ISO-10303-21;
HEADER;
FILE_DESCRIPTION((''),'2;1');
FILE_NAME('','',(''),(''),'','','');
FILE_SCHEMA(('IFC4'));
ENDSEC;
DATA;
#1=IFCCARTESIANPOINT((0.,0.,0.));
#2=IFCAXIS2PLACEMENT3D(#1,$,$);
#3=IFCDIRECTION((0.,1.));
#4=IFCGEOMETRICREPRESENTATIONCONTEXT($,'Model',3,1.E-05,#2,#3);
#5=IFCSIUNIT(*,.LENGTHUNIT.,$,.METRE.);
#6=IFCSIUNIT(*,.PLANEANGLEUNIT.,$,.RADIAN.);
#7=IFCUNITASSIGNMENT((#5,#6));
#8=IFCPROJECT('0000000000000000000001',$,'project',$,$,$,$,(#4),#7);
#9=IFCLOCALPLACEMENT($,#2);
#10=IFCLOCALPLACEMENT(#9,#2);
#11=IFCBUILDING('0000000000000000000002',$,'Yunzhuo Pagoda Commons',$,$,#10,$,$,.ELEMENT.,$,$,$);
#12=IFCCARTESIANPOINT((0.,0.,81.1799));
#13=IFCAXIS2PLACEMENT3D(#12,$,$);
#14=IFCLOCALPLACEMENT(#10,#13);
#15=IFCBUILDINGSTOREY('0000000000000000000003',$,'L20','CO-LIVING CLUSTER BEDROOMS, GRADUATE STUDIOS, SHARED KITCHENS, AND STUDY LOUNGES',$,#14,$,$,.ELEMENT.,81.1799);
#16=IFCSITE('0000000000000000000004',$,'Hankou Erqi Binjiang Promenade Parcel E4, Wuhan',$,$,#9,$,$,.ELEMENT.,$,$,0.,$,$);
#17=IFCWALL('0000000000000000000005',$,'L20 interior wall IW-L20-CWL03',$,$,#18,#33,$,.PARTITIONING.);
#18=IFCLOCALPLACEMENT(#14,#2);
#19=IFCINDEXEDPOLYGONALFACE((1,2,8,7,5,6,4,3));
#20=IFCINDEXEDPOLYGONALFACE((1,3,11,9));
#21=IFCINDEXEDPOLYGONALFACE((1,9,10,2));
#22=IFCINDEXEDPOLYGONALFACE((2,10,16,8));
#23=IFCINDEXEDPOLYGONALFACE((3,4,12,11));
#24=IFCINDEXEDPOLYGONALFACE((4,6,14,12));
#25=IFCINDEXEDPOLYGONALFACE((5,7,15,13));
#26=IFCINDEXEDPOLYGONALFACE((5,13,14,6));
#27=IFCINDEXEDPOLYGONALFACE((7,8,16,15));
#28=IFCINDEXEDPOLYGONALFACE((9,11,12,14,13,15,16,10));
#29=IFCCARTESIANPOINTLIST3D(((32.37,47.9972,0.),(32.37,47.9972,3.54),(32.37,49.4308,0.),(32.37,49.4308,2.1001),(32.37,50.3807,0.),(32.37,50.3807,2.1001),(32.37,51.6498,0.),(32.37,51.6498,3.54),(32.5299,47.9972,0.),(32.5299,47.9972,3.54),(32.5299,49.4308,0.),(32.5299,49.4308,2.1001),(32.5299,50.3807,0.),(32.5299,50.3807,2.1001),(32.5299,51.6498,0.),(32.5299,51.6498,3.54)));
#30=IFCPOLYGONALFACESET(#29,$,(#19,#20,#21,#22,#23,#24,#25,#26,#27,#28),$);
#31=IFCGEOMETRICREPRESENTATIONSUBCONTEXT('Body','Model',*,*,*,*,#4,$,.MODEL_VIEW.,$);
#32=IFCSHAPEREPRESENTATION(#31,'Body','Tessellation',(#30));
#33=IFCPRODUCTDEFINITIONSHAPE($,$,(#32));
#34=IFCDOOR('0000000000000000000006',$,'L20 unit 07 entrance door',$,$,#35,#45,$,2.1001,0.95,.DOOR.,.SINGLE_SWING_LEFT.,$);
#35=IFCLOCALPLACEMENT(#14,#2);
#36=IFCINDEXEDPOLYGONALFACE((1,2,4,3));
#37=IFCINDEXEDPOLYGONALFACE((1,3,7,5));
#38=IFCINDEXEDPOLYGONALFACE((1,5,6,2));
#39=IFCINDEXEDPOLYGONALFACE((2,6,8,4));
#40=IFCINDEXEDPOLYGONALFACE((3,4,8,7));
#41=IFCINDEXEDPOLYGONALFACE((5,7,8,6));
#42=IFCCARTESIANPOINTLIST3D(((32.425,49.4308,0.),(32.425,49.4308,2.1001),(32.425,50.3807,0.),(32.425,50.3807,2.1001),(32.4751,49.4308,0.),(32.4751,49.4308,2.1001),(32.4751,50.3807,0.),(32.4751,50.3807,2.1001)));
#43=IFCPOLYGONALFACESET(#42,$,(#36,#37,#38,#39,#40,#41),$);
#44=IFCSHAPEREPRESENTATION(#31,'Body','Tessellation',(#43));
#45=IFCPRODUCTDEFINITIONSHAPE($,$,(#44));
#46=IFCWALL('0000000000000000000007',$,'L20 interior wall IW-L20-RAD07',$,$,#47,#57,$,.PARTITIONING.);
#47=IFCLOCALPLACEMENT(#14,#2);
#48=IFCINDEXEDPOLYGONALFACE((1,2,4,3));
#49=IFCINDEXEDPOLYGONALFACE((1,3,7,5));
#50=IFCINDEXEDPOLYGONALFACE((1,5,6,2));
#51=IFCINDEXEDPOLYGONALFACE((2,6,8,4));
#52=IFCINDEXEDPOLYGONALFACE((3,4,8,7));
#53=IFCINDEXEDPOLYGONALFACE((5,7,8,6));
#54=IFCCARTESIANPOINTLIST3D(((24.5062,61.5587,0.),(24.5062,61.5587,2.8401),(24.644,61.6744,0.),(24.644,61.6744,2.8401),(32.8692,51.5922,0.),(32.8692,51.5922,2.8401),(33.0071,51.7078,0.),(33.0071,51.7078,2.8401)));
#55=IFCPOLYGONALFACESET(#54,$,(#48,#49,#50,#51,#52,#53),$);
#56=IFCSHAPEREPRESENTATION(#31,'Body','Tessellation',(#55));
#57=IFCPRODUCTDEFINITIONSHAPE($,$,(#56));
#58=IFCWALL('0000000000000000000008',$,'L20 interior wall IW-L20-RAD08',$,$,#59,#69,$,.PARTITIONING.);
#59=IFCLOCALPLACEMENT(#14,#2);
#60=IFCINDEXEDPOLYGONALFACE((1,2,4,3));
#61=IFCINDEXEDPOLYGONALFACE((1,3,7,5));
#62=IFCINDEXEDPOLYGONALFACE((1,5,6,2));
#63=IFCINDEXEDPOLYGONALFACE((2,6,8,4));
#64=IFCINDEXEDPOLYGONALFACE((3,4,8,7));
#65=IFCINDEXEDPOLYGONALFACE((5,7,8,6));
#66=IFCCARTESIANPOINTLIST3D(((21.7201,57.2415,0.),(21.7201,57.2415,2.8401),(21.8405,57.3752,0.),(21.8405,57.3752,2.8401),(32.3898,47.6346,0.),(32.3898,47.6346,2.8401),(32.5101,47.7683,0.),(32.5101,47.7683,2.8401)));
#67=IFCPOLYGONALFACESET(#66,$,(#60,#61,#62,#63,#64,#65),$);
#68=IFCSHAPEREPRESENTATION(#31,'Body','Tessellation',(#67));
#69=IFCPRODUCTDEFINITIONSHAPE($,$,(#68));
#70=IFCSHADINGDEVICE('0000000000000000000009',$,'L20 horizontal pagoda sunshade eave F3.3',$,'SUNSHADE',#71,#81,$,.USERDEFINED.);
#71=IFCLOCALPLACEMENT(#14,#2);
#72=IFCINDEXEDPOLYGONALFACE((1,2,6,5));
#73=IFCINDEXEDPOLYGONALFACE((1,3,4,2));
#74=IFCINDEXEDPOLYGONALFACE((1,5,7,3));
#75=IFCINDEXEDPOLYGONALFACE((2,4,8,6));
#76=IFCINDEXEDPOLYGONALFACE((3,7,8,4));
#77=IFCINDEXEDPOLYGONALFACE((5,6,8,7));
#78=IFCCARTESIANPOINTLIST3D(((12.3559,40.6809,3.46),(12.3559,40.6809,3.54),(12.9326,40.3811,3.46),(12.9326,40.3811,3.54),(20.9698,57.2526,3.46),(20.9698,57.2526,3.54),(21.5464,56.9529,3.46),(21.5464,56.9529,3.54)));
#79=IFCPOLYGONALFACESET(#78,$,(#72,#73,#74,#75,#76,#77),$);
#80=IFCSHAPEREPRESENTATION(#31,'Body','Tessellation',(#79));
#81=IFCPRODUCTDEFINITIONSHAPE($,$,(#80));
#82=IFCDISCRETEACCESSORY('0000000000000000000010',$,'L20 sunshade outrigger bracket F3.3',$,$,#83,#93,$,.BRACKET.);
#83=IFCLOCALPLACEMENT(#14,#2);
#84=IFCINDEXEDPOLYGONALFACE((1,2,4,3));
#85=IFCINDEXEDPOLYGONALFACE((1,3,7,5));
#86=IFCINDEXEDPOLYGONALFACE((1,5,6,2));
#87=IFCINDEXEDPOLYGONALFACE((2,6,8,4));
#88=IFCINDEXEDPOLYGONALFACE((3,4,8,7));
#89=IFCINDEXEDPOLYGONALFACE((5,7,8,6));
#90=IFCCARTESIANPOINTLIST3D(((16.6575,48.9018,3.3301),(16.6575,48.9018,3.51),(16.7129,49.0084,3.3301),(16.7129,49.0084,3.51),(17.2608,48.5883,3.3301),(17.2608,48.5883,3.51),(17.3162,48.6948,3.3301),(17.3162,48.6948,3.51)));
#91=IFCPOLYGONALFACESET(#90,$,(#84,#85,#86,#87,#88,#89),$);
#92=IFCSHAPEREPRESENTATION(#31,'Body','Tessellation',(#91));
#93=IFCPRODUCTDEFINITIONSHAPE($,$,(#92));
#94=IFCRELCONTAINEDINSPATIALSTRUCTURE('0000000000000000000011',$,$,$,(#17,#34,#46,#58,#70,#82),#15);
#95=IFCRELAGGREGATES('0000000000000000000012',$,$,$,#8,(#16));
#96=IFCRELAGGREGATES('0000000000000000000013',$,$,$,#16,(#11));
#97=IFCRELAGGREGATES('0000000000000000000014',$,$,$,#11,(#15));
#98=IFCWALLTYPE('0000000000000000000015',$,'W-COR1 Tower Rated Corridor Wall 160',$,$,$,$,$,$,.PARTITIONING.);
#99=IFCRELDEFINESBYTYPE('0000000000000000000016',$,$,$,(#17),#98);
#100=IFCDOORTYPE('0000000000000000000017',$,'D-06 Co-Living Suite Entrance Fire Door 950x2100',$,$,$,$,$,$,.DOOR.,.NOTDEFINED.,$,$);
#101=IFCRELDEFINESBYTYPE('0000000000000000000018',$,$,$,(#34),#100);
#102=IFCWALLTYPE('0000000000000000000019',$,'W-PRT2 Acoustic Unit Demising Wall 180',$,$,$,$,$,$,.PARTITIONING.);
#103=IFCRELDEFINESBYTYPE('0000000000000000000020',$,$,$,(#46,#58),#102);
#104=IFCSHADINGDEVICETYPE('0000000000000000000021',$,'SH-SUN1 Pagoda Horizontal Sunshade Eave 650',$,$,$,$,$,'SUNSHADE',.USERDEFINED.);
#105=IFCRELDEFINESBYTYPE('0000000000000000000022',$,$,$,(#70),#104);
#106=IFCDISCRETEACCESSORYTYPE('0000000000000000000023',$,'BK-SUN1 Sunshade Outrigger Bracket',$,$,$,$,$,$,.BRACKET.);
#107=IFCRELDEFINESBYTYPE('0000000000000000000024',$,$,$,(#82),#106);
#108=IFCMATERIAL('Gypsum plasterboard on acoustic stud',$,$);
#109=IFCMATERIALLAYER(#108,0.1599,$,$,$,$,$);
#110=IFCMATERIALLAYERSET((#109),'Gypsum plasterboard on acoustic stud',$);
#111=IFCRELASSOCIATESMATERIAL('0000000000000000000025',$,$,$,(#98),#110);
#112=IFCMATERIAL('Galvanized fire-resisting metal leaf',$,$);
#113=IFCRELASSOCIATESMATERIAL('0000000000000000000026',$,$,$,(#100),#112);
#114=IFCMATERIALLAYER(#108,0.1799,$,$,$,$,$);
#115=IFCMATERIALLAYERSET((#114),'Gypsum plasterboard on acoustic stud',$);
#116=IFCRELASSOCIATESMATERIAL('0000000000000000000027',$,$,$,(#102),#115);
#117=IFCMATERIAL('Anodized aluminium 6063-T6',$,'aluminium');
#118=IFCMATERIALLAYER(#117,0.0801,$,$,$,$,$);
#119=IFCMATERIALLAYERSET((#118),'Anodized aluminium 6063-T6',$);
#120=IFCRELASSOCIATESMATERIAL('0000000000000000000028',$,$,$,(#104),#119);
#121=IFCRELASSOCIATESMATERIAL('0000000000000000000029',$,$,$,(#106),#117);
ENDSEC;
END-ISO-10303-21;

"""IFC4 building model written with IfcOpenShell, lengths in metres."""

from ifc_helpers import new_model, si_unit, direction, frame, frame_2d, origin, origin_with_axes, origin_2d, place, context, subcontext, project, spatial, rectangle, extrude, source, transform, mapped, material, layer, layer_set, type_object, element, fill, save


model = new_model("IFC4")

# Units and contexts
model_context = context("Model", 3, precision=1e-05, world=origin(), true_north=direction((0.0, 1.0)))
body_context = subcontext(model_context, "Body", "Model", "MODEL_VIEW")
ifc_project = project(units=[si_unit("LENGTHUNIT", "METRE"), si_unit("PLANEANGLEUNIT", "RADIAN")], contexts=[model_context])

# Site, building, storey
site_placement = place(None, origin())
site = spatial("IfcSite", under=ifc_project, at=site_placement, Name="Hankou Erqi Binjiang Promenade Parcel E4, Wuhan", CompositionType="ELEMENT", RefElevation=0.0)
building_placement = place(site_placement, origin())
building = spatial("IfcBuilding", under=site, at=building_placement, Name="Yunzhuo Pagoda Commons", CompositionType="ELEMENT")
storey_placement = place(building_placement, frame((0.0, 0.0, 81.1799)))
storey = spatial("IfcBuildingStorey", under=building, at=storey_placement, Name="L20", Description="CO-LIVING CLUSTER BEDROOMS, GRADUATE STUDIOS, SHARED KITCHENS, AND STUDY LOUNGES", CompositionType="ELEMENT", Elevation=81.1799)

# Shared definitions
ifc_material_1 = material(Name="Anodized aluminium 6063-T6", Category="aluminium")

# Wall, opening, door
ifc_material_2 = material(Name="Gypsum plasterboard on acoustic stud")
ifc_layer_1 = layer(ifc_material_2, 0.1599)
ifc_layer_set_1 = layer_set([ifc_layer_1], Name="Gypsum plasterboard on acoustic stud")
wall_type_1 = type_object("IfcWallType", Name="W-COR1 Tower Rated Corridor Wall 160", PredefinedType="PARTITIONING", material=ifc_layer_set_1)
wall_1_placement = place(storey_placement, frame((32.45, 47.9973, 0.0), z_axis=(0.0, 0.0, 1.0), x_axis=(0.0, 1.0, 0.0)))
wall_1 = element("IfcWall", 1, at=wall_1_placement, inside=storey, type_object=wall_type_1, Name="L20 interior wall IW-L20-CWL03", PredefinedType="PARTITIONING", context=body_context, shape_type="SweptSolid", body=[
    extrude(rectangle(XDim=3.6526, YDim=0.1599, at=frame_2d((1.8262, 0.0))), origin(), (0.0, 0.0, 1.0), 3.54),
])
opening_placement = place(wall_1_placement, frame((1.4333, 0.0, 0.0)))
opening = element("IfcOpeningElement", 2, at=opening_placement, cuts=wall_1, PredefinedType="OPENING", context=body_context, shape_type="SweptSolid", body=[
    extrude(rectangle(XDim=0.95, YDim=2.1001, at=frame_2d((0.4751, 1.05))), frame((0.0, 0.0898, 0.0), z_axis=(0.0, -1.0, 0.0), x_axis=(1.0, 0.0, 0.0)), (0.0, 0.0, 1.0), 0.1799),
])
ifc_material_3 = material(Name="Galvanized fire-resisting metal leaf")
door_type = type_object("IfcDoorType", Name="D-06 Co-Living Suite Entrance Fire Door 950x2100", OperationType="NOTDEFINED", PredefinedType="DOOR", material=ifc_material_3)
shared_shape_1 = source(origin(), body_context, "Body", "SweptSolid", [
    extrude(rectangle(XDim=0.95, YDim=2.1001, at=frame_2d((0.4751, 1.05))), frame((0.0, 0.0249, 0.0), z_axis=(0.0, -1.0, 0.0), x_axis=(1.0, 0.0, 0.0)), (0.0, 0.0, 1.0), 0.05),
])
door_placement = place(opening_placement, origin_with_axes())
door = element("IfcDoor", 3, at=door_placement, inside=storey, type_object=door_type, Name="L20 unit 07 entrance door", OperationType="SINGLE_SWING_LEFT", OverallHeight=2.1001, OverallWidth=0.95, PredefinedType="DOOR", context=body_context, shape_type="MappedRepresentation", body=[
    mapped(shared_shape_1, transform((0.0, 0.0, 0.0), scale=1.0)),
])
fill(opening, door)

# Walls
ifc_layer_2 = layer(ifc_material_2, 0.1799)
ifc_layer_set_2 = layer_set([ifc_layer_2], Name="Gypsum plasterboard on acoustic stud")
wall_type_2 = type_object("IfcWallType", Name="W-PRT2 Acoustic Unit Demising Wall 180", PredefinedType="PARTITIONING", material=ifc_layer_set_2)
wall_2_placement = place(storey_placement, frame((32.9382, 51.6499, 0.0), z_axis=(0.0, 0.0, 1.0), x_axis=(-0.642792, 0.76604, 0.0)))
element("IfcWall", 4, at=wall_2_placement, inside=storey, type_object=wall_type_2, Name="L20 interior wall IW-L20-RAD07", PredefinedType="PARTITIONING", context=body_context, shape_type="SweptSolid", body=[
    extrude(rectangle(XDim=13.0105, YDim=0.1799, at=frame_2d((6.5054, 0.0))), origin(), (0.0, 0.0, 1.0), 2.8401),
])
wall_3_placement = place(storey_placement, frame((32.45, 47.7014, 0.0), z_axis=(0.0, 0.0, 1.0), x_axis=(-0.743148, 0.669127, 0.0)))
element("IfcWall", 5, at=wall_3_placement, inside=storey, type_object=wall_type_2, Name="L20 interior wall IW-L20-RAD08", PredefinedType="PARTITIONING", context=body_context, shape_type="SweptSolid", body=[
    extrude(rectangle(XDim=14.3574, YDim=0.1799, at=frame_2d((7.1787, 0.0))), origin(), (0.0, 0.0, 1.0), 2.8401),
])

# Shading device
ifc_layer_3 = layer(ifc_material_1, 0.0801)
ifc_layer_set_3 = layer_set([ifc_layer_3], Name="Anodized aluminium 6063-T6")
shading_device_type = type_object("IfcShadingDeviceType", Name="SH-SUN1 Pagoda Horizontal Sunshade Eave 650", ElementType="SUNSHADE", PredefinedType="USERDEFINED", material=ifc_layer_set_3)
shared_shape_2 = source(origin(), body_context, "Body", "SweptSolid", [
    extrude(rectangle(XDim=18.6768, YDim=0.6499, at=origin_2d()), origin(), (0.0, 0.0, 1.0), 0.0801),
])
shading_device_placement = place(storey_placement, frame((16.9512, 48.8169, 3.46), z_axis=(0.0, 0.0, 1.0), x_axis=(-0.461207, -0.887293, 0.0)))
element("IfcShadingDevice", 6, at=shading_device_placement, inside=storey, type_object=shading_device_type, Name="L20 horizontal pagoda sunshade eave F3.3", ObjectType="SUNSHADE", PredefinedType="USERDEFINED", context=body_context, shape_type="MappedRepresentation", body=[
    mapped(shared_shape_2, transform((0.0, 0.0, 0.0), scale=1.0)),
])

# Discrete accessory
discrete_accessory_type = type_object("IfcDiscreteAccessoryType", Name="BK-SUN1 Sunshade Outrigger Bracket", PredefinedType="BRACKET", material=ifc_material_1)
shared_shape_3 = source(origin(), body_context, "Body", "SweptSolid", [
    extrude(rectangle(XDim=0.1201, YDim=0.6799, at=origin_2d()), origin(), (0.0, 0.0, 1.0), 0.1799),
])
discrete_accessory_placement = place(storey_placement, frame((16.9868, 48.7983, 3.3301), z_axis=(0.0, 0.0, 1.0), x_axis=(-0.461207, -0.887293, 0.0)))
element("IfcDiscreteAccessory", 7, at=discrete_accessory_placement, inside=storey, type_object=discrete_accessory_type, Name="L20 sunshade outrigger bracket F3.3", PredefinedType="BRACKET", context=body_context, shape_type="MappedRepresentation", body=[
    mapped(shared_shape_3, transform((0.0, 0.0, 0.0), scale=1.0)),
])

save(model, "model.ifc")
